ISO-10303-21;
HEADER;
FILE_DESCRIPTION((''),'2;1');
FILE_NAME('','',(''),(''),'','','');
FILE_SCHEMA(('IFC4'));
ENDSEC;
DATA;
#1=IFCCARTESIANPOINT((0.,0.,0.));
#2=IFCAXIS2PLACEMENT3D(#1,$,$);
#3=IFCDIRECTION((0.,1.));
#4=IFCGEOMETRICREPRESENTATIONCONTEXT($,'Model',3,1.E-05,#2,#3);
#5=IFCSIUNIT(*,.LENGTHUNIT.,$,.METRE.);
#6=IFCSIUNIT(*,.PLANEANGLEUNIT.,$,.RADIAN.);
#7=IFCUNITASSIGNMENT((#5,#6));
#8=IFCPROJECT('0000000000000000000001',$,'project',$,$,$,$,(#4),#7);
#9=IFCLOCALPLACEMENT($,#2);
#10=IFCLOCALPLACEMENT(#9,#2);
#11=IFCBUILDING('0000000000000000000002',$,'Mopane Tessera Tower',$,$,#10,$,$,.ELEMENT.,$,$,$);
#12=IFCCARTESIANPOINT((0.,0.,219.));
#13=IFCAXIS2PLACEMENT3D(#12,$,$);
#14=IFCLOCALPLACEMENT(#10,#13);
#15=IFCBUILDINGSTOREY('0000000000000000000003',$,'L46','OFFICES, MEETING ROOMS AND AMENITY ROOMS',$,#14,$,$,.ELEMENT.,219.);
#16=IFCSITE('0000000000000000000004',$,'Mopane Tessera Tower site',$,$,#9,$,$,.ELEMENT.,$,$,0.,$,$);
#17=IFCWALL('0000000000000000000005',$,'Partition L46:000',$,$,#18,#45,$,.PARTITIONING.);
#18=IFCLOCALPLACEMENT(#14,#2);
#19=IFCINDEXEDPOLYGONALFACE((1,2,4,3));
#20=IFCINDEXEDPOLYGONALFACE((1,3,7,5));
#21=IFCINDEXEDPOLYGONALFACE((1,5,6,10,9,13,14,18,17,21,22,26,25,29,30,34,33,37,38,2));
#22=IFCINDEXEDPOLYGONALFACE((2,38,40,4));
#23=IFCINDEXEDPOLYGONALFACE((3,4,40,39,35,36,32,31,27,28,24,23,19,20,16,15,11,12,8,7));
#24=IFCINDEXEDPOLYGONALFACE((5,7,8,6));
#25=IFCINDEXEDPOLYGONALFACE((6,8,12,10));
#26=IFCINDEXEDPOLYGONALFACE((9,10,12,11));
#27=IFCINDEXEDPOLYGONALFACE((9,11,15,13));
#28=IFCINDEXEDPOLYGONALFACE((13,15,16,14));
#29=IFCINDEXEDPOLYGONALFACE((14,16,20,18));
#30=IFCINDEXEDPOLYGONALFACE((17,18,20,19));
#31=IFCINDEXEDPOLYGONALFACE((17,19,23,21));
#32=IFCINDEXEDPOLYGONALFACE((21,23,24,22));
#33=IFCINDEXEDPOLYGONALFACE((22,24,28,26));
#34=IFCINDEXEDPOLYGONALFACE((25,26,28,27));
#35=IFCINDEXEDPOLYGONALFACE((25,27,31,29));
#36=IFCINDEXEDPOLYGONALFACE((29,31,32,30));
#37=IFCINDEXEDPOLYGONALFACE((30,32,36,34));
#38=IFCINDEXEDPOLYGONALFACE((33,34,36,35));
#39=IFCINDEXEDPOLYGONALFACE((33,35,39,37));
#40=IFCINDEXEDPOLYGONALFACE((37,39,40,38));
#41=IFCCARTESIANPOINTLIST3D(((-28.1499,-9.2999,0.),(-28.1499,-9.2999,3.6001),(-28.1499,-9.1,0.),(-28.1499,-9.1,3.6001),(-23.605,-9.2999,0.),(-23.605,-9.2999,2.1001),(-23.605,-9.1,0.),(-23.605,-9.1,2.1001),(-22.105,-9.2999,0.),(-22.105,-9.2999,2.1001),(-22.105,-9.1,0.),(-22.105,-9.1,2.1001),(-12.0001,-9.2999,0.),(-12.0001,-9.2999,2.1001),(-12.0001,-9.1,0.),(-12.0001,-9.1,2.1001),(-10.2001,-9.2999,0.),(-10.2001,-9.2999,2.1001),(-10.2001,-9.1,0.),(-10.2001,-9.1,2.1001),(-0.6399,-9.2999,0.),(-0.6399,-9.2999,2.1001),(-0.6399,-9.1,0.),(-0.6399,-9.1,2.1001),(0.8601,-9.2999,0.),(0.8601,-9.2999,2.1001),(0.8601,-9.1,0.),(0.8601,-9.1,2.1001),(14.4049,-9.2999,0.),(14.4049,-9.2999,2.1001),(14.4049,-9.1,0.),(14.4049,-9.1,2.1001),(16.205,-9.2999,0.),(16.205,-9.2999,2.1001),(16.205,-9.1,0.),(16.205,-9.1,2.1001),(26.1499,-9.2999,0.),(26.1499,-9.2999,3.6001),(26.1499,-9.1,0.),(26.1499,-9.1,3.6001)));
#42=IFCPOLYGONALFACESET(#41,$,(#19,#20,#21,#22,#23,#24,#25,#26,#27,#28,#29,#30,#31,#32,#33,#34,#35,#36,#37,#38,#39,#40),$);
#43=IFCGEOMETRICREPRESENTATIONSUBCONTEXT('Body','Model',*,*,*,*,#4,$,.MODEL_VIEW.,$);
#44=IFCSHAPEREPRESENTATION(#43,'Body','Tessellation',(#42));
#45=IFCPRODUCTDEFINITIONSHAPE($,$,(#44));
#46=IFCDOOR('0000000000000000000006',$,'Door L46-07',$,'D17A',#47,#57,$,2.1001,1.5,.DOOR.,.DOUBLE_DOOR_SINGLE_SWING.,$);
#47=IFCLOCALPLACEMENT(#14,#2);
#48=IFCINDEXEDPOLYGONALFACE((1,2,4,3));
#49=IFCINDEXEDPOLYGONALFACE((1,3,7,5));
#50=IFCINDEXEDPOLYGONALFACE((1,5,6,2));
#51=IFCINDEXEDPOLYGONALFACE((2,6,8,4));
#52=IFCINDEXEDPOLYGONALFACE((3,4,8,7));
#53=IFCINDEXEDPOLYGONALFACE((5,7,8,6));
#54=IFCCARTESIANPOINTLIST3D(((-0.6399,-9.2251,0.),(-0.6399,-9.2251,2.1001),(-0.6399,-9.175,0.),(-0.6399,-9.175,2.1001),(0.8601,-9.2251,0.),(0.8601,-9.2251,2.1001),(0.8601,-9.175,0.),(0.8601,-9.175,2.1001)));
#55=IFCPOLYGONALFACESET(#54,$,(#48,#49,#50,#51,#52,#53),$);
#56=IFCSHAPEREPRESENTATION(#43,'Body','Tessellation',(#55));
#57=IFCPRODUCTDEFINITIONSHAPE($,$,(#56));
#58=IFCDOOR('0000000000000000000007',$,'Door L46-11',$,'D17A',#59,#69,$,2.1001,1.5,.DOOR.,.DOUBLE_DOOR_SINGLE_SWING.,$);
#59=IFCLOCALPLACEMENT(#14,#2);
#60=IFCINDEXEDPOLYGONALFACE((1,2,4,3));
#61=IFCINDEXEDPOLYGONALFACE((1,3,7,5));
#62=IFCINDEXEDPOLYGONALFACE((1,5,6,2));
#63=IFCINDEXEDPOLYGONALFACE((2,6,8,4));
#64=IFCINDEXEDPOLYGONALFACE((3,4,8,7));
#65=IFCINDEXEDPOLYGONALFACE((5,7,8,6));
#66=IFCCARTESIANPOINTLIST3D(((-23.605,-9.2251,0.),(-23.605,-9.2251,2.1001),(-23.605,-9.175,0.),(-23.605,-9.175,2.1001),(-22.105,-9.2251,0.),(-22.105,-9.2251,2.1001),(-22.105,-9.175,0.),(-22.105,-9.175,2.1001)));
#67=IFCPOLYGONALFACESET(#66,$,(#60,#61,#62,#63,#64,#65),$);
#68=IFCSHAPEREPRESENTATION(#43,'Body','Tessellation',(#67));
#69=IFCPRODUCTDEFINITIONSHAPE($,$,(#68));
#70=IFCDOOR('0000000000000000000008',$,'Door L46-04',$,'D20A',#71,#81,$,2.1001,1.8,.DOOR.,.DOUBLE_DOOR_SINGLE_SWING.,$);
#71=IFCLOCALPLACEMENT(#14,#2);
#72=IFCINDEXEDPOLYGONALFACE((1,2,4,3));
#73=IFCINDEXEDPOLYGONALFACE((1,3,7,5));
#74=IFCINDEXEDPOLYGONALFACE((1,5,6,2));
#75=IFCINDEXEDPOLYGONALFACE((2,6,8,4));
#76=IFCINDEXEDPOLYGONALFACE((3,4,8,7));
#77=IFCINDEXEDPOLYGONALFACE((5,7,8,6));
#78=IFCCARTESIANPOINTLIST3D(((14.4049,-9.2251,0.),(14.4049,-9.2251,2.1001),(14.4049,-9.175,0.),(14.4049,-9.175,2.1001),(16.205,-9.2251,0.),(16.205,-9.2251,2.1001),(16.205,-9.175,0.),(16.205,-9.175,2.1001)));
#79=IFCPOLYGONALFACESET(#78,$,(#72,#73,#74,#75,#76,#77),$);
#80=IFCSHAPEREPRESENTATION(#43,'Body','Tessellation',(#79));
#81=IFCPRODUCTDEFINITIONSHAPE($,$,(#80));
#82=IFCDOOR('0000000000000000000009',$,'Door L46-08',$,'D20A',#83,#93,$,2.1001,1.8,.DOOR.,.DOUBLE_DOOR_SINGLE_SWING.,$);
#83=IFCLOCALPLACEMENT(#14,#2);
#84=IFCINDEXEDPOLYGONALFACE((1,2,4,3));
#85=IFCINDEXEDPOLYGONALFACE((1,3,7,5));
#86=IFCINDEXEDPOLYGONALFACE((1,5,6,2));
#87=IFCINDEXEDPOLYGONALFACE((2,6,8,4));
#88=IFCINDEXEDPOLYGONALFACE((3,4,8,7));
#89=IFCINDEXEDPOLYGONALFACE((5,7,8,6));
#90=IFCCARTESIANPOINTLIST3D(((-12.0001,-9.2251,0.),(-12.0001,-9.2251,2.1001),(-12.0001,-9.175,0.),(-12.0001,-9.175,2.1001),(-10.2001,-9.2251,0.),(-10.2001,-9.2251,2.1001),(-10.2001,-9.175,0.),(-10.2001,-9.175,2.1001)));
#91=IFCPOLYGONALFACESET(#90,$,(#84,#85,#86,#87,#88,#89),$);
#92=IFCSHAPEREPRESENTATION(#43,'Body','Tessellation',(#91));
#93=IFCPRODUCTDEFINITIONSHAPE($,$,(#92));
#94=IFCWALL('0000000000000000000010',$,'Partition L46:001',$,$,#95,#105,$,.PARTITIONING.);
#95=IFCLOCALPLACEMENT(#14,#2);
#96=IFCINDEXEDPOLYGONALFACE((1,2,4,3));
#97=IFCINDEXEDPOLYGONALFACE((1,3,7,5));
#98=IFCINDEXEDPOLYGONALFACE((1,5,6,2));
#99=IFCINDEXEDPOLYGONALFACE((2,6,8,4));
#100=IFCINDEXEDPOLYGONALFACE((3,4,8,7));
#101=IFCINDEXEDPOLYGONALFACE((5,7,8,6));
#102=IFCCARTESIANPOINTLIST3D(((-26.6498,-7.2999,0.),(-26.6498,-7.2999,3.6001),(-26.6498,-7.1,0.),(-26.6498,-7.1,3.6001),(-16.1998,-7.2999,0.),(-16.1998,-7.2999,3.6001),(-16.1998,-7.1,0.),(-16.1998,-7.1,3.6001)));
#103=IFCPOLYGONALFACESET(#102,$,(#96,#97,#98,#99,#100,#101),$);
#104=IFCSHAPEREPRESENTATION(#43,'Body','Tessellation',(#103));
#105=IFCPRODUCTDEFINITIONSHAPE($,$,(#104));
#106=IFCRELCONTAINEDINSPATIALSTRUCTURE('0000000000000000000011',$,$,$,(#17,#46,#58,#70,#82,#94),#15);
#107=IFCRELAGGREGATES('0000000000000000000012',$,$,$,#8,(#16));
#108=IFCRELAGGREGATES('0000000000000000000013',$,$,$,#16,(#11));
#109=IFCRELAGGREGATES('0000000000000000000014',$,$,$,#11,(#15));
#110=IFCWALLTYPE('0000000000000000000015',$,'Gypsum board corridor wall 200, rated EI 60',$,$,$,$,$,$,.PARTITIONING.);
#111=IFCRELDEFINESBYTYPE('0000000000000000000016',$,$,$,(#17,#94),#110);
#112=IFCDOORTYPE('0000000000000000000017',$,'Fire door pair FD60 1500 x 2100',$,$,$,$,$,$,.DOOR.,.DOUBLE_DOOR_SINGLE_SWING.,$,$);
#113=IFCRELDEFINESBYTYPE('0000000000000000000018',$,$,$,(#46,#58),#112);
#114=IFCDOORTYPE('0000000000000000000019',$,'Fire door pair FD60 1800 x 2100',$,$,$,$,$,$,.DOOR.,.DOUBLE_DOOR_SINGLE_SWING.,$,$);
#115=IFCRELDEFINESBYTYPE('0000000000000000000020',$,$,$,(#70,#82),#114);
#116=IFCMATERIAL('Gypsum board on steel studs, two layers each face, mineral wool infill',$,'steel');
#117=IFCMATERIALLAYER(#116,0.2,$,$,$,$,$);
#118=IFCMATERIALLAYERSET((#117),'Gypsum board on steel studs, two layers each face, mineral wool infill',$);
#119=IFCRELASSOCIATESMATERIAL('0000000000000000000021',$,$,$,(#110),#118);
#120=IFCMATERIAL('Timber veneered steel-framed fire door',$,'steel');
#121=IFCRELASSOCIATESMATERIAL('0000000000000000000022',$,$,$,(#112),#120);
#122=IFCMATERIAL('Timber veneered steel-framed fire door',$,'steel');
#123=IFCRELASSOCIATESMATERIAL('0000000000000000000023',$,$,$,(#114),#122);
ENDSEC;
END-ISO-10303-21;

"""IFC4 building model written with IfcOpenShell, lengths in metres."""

from ifc_helpers import new_model, si_unit, direction, frame, frame_2d, origin, place, context, subcontext, project, spatial, rectangle, extrude, material, layer, layer_set, type_object, element, fill, save


model = new_model("IFC4")

# Units and contexts
model_context = context("Model", 3, precision=1e-05, world=origin(), true_north=direction((0.0, 1.0)))
body_context = subcontext(model_context, "Body", "Model", "MODEL_VIEW")
ifc_project = project(units=[si_unit("LENGTHUNIT", "METRE"), si_unit("PLANEANGLEUNIT", "RADIAN")], contexts=[model_context])

# Site, building, storey
site_placement = place(None, origin())
site = spatial("IfcSite", under=ifc_project, at=site_placement, Name="Mopane Tessera Tower site", CompositionType="ELEMENT", RefElevation=0.0)
building_placement = place(site_placement, origin())
building = spatial("IfcBuilding", under=site, at=building_placement, Name="Mopane Tessera Tower", CompositionType="ELEMENT")
storey_placement = place(building_placement, frame((0.0, 0.0, 219.0)))
storey = spatial("IfcBuildingStorey", under=building, at=storey_placement, Name="L46", Description="OFFICES, MEETING ROOMS AND AMENITY ROOMS", CompositionType="ELEMENT", Elevation=219.0)

# Wall, openings, doors
ifc_material_1 = material(Name="Gypsum board on steel studs, two layers each face, mineral wool infill", Category="steel")
ifc_layer_1 = layer(ifc_material_1, 0.2)
ifc_layer_set_1 = layer_set([ifc_layer_1], Name="Gypsum board on steel studs, two layers each face, mineral wool infill")
wall_type_1 = type_object("IfcWallType", Name="Gypsum board corridor wall 200, rated EI 60", PredefinedType="PARTITIONING", material=ifc_layer_set_1)
wall_1_placement = place(storey_placement, frame((-28.1499, -9.2, 0.0), z_axis=(0.0, 0.0, 1.0), x_axis=(1.0, 0.0, 0.0)))
wall_1 = element("IfcWall", 1, at=wall_1_placement, inside=storey, type_object=wall_type_1, Name="Partition L46:000", PredefinedType="PARTITIONING", context=body_context, shape_type="SweptSolid", body=[
    extrude(rectangle(XDim=54.2998, YDim=0.2, at=frame_2d((27.1499, 0.0))), origin(), (0.0, 0.0, 1.0), 3.6001),
])
opening_1_placement = place(wall_1_placement, frame((42.5549, 0.0, 0.0)))
opening_1 = element("IfcOpeningElement", 2, at=opening_1_placement, cuts=wall_1, PredefinedType="OPENING", context=body_context, shape_type="SweptSolid", body=[
    extrude(rectangle(XDim=1.8, YDim=2.1001, at=frame_2d((0.8999, 1.05))), frame((0.0, 0.1121, 0.0), z_axis=(0.0, -1.0, 0.0), x_axis=(1.0, 0.0, 0.0)), (0.0, 0.0, 1.0), 0.2239),
])
opening_2_placement = place(wall_1_placement, frame((27.51, 0.0, 0.0)))
opening_2 = element("IfcOpeningElement", 3, at=opening_2_placement, cuts=wall_1, PredefinedType="OPENING", context=body_context, shape_type="SweptSolid", body=[
    extrude(rectangle(XDim=1.5, YDim=2.1001, at=frame_2d((0.75, 1.05))), frame((0.0, 0.1121, 0.0), z_axis=(0.0, -1.0, 0.0), x_axis=(1.0, 0.0, 0.0)), (0.0, 0.0, 1.0), 0.2239),
])
opening_3_placement = place(wall_1_placement, frame((16.1499, 0.0, 0.0)))
opening_3 = element("IfcOpeningElement", 4, at=opening_3_placement, cuts=wall_1, PredefinedType="OPENING", context=body_context, shape_type="SweptSolid", body=[
    extrude(rectangle(XDim=1.8, YDim=2.1001, at=frame_2d((0.8999, 1.05))), frame((0.0, 0.1121, 0.0), z_axis=(0.0, -1.0, 0.0), x_axis=(1.0, 0.0, 0.0)), (0.0, 0.0, 1.0), 0.2239),
])
opening_4_placement = place(wall_1_placement, frame((4.5449, 0.0, 0.0)))
opening_4 = element("IfcOpeningElement", 5, at=opening_4_placement, cuts=wall_1, PredefinedType="OPENING", context=body_context, shape_type="SweptSolid", body=[
    extrude(rectangle(XDim=1.5, YDim=2.1001, at=frame_2d((0.75, 1.05))), frame((0.0, 0.1121, 0.0), z_axis=(0.0, -1.0, 0.0), x_axis=(1.0, 0.0, 0.0)), (0.0, 0.0, 1.0), 0.2239),
])
ifc_material_2 = material(Name="Timber veneered steel-framed fire door", Category="steel")
door_type_1 = type_object("IfcDoorType", Name="Fire door pair FD60 1500 x 2100", OperationType="DOUBLE_DOOR_SINGLE_SWING", PredefinedType="DOOR", material=ifc_material_2)
door_1_placement = place(opening_2_placement, origin())
door_1 = element("IfcDoor", 6, at=door_1_placement, inside=storey, type_object=door_type_1, Name="Door L46-07", ObjectType="D17A", OperationType="DOUBLE_DOOR_SINGLE_SWING", OverallHeight=2.1001, OverallWidth=1.5, PredefinedType="DOOR", context=body_context, shape_type="SweptSolid", body=[
    extrude(rectangle(XDim=1.5, YDim=2.1001, at=frame_2d((0.75, 1.05))), frame((0.0, 0.0249, 0.0), z_axis=(0.0, -1.0, 0.0), x_axis=(1.0, 0.0, 0.0)), (0.0, 0.0, 1.0), 0.05),
])
fill(opening_2, door_1)
door_2_placement = place(opening_4_placement, origin())
door_2 = element("IfcDoor", 7, at=door_2_placement, inside=storey, type_object=door_type_1, Name="Door L46-11", ObjectType="D17A", OperationType="DOUBLE_DOOR_SINGLE_SWING", OverallHeight=2.1001, OverallWidth=1.5, PredefinedType="DOOR", context=body_context, shape_type="SweptSolid", body=[
    extrude(rectangle(XDim=1.5, YDim=2.1001, at=frame_2d((0.75, 1.05))), frame((0.0, 0.0249, 0.0), z_axis=(0.0, -1.0, 0.0), x_axis=(1.0, 0.0, 0.0)), (0.0, 0.0, 1.0), 0.05),
])
fill(opening_4, door_2)
ifc_material_3 = material(Name="Timber veneered steel-framed fire door", Category="steel")
door_type_2 = type_object("IfcDoorType", Name="Fire door pair FD60 1800 x 2100", OperationType="DOUBLE_DOOR_SINGLE_SWING", PredefinedType="DOOR", material=ifc_material_3)
door_3_placement = place(opening_1_placement, origin())
door_3 = element("IfcDoor", 8, at=door_3_placement, inside=storey, type_object=door_type_2, Name="Door L46-04", ObjectType="D20A", OperationType="DOUBLE_DOOR_SINGLE_SWING", OverallHeight=2.1001, OverallWidth=1.8, PredefinedType="DOOR", context=body_context, shape_type="SweptSolid", body=[
    extrude(rectangle(XDim=1.8, YDim=2.1001, at=frame_2d((0.8999, 1.05))), frame((0.0, 0.0249, 0.0), z_axis=(0.0, -1.0, 0.0), x_axis=(1.0, 0.0, 0.0)), (0.0, 0.0, 1.0), 0.05),
])
fill(opening_1, door_3)
door_4_placement = place(opening_3_placement, origin())
door_4 = element("IfcDoor", 9, at=door_4_placement, inside=storey, type_object=door_type_2, Name="Door L46-08", ObjectType="D20A", OperationType="DOUBLE_DOOR_SINGLE_SWING", OverallHeight=2.1001, OverallWidth=1.8, PredefinedType="DOOR", context=body_context, shape_type="SweptSolid", body=[
    extrude(rectangle(XDim=1.8, YDim=2.1001, at=frame_2d((0.8999, 1.05))), frame((0.0, 0.0249, 0.0), z_axis=(0.0, -1.0, 0.0), x_axis=(1.0, 0.0, 0.0)), (0.0, 0.0, 1.0), 0.05),
])
fill(opening_3, door_4)

# Wall
wall_2_placement = place(storey_placement, frame((-26.6499, -7.2, 0.0), z_axis=(0.0, 0.0, 1.0), x_axis=(1.0, 0.0, 0.0)))
element("IfcWall", 10, at=wall_2_placement, inside=storey, type_object=wall_type_1, Name="Partition L46:001", PredefinedType="PARTITIONING", context=body_context, shape_type="SweptSolid", body=[
    extrude(rectangle(XDim=10.45, YDim=0.2, at=frame_2d((5.2251, 0.0))), origin(), (0.0, 0.0, 1.0), 3.6001),
])

save(model, "model.ifc")
